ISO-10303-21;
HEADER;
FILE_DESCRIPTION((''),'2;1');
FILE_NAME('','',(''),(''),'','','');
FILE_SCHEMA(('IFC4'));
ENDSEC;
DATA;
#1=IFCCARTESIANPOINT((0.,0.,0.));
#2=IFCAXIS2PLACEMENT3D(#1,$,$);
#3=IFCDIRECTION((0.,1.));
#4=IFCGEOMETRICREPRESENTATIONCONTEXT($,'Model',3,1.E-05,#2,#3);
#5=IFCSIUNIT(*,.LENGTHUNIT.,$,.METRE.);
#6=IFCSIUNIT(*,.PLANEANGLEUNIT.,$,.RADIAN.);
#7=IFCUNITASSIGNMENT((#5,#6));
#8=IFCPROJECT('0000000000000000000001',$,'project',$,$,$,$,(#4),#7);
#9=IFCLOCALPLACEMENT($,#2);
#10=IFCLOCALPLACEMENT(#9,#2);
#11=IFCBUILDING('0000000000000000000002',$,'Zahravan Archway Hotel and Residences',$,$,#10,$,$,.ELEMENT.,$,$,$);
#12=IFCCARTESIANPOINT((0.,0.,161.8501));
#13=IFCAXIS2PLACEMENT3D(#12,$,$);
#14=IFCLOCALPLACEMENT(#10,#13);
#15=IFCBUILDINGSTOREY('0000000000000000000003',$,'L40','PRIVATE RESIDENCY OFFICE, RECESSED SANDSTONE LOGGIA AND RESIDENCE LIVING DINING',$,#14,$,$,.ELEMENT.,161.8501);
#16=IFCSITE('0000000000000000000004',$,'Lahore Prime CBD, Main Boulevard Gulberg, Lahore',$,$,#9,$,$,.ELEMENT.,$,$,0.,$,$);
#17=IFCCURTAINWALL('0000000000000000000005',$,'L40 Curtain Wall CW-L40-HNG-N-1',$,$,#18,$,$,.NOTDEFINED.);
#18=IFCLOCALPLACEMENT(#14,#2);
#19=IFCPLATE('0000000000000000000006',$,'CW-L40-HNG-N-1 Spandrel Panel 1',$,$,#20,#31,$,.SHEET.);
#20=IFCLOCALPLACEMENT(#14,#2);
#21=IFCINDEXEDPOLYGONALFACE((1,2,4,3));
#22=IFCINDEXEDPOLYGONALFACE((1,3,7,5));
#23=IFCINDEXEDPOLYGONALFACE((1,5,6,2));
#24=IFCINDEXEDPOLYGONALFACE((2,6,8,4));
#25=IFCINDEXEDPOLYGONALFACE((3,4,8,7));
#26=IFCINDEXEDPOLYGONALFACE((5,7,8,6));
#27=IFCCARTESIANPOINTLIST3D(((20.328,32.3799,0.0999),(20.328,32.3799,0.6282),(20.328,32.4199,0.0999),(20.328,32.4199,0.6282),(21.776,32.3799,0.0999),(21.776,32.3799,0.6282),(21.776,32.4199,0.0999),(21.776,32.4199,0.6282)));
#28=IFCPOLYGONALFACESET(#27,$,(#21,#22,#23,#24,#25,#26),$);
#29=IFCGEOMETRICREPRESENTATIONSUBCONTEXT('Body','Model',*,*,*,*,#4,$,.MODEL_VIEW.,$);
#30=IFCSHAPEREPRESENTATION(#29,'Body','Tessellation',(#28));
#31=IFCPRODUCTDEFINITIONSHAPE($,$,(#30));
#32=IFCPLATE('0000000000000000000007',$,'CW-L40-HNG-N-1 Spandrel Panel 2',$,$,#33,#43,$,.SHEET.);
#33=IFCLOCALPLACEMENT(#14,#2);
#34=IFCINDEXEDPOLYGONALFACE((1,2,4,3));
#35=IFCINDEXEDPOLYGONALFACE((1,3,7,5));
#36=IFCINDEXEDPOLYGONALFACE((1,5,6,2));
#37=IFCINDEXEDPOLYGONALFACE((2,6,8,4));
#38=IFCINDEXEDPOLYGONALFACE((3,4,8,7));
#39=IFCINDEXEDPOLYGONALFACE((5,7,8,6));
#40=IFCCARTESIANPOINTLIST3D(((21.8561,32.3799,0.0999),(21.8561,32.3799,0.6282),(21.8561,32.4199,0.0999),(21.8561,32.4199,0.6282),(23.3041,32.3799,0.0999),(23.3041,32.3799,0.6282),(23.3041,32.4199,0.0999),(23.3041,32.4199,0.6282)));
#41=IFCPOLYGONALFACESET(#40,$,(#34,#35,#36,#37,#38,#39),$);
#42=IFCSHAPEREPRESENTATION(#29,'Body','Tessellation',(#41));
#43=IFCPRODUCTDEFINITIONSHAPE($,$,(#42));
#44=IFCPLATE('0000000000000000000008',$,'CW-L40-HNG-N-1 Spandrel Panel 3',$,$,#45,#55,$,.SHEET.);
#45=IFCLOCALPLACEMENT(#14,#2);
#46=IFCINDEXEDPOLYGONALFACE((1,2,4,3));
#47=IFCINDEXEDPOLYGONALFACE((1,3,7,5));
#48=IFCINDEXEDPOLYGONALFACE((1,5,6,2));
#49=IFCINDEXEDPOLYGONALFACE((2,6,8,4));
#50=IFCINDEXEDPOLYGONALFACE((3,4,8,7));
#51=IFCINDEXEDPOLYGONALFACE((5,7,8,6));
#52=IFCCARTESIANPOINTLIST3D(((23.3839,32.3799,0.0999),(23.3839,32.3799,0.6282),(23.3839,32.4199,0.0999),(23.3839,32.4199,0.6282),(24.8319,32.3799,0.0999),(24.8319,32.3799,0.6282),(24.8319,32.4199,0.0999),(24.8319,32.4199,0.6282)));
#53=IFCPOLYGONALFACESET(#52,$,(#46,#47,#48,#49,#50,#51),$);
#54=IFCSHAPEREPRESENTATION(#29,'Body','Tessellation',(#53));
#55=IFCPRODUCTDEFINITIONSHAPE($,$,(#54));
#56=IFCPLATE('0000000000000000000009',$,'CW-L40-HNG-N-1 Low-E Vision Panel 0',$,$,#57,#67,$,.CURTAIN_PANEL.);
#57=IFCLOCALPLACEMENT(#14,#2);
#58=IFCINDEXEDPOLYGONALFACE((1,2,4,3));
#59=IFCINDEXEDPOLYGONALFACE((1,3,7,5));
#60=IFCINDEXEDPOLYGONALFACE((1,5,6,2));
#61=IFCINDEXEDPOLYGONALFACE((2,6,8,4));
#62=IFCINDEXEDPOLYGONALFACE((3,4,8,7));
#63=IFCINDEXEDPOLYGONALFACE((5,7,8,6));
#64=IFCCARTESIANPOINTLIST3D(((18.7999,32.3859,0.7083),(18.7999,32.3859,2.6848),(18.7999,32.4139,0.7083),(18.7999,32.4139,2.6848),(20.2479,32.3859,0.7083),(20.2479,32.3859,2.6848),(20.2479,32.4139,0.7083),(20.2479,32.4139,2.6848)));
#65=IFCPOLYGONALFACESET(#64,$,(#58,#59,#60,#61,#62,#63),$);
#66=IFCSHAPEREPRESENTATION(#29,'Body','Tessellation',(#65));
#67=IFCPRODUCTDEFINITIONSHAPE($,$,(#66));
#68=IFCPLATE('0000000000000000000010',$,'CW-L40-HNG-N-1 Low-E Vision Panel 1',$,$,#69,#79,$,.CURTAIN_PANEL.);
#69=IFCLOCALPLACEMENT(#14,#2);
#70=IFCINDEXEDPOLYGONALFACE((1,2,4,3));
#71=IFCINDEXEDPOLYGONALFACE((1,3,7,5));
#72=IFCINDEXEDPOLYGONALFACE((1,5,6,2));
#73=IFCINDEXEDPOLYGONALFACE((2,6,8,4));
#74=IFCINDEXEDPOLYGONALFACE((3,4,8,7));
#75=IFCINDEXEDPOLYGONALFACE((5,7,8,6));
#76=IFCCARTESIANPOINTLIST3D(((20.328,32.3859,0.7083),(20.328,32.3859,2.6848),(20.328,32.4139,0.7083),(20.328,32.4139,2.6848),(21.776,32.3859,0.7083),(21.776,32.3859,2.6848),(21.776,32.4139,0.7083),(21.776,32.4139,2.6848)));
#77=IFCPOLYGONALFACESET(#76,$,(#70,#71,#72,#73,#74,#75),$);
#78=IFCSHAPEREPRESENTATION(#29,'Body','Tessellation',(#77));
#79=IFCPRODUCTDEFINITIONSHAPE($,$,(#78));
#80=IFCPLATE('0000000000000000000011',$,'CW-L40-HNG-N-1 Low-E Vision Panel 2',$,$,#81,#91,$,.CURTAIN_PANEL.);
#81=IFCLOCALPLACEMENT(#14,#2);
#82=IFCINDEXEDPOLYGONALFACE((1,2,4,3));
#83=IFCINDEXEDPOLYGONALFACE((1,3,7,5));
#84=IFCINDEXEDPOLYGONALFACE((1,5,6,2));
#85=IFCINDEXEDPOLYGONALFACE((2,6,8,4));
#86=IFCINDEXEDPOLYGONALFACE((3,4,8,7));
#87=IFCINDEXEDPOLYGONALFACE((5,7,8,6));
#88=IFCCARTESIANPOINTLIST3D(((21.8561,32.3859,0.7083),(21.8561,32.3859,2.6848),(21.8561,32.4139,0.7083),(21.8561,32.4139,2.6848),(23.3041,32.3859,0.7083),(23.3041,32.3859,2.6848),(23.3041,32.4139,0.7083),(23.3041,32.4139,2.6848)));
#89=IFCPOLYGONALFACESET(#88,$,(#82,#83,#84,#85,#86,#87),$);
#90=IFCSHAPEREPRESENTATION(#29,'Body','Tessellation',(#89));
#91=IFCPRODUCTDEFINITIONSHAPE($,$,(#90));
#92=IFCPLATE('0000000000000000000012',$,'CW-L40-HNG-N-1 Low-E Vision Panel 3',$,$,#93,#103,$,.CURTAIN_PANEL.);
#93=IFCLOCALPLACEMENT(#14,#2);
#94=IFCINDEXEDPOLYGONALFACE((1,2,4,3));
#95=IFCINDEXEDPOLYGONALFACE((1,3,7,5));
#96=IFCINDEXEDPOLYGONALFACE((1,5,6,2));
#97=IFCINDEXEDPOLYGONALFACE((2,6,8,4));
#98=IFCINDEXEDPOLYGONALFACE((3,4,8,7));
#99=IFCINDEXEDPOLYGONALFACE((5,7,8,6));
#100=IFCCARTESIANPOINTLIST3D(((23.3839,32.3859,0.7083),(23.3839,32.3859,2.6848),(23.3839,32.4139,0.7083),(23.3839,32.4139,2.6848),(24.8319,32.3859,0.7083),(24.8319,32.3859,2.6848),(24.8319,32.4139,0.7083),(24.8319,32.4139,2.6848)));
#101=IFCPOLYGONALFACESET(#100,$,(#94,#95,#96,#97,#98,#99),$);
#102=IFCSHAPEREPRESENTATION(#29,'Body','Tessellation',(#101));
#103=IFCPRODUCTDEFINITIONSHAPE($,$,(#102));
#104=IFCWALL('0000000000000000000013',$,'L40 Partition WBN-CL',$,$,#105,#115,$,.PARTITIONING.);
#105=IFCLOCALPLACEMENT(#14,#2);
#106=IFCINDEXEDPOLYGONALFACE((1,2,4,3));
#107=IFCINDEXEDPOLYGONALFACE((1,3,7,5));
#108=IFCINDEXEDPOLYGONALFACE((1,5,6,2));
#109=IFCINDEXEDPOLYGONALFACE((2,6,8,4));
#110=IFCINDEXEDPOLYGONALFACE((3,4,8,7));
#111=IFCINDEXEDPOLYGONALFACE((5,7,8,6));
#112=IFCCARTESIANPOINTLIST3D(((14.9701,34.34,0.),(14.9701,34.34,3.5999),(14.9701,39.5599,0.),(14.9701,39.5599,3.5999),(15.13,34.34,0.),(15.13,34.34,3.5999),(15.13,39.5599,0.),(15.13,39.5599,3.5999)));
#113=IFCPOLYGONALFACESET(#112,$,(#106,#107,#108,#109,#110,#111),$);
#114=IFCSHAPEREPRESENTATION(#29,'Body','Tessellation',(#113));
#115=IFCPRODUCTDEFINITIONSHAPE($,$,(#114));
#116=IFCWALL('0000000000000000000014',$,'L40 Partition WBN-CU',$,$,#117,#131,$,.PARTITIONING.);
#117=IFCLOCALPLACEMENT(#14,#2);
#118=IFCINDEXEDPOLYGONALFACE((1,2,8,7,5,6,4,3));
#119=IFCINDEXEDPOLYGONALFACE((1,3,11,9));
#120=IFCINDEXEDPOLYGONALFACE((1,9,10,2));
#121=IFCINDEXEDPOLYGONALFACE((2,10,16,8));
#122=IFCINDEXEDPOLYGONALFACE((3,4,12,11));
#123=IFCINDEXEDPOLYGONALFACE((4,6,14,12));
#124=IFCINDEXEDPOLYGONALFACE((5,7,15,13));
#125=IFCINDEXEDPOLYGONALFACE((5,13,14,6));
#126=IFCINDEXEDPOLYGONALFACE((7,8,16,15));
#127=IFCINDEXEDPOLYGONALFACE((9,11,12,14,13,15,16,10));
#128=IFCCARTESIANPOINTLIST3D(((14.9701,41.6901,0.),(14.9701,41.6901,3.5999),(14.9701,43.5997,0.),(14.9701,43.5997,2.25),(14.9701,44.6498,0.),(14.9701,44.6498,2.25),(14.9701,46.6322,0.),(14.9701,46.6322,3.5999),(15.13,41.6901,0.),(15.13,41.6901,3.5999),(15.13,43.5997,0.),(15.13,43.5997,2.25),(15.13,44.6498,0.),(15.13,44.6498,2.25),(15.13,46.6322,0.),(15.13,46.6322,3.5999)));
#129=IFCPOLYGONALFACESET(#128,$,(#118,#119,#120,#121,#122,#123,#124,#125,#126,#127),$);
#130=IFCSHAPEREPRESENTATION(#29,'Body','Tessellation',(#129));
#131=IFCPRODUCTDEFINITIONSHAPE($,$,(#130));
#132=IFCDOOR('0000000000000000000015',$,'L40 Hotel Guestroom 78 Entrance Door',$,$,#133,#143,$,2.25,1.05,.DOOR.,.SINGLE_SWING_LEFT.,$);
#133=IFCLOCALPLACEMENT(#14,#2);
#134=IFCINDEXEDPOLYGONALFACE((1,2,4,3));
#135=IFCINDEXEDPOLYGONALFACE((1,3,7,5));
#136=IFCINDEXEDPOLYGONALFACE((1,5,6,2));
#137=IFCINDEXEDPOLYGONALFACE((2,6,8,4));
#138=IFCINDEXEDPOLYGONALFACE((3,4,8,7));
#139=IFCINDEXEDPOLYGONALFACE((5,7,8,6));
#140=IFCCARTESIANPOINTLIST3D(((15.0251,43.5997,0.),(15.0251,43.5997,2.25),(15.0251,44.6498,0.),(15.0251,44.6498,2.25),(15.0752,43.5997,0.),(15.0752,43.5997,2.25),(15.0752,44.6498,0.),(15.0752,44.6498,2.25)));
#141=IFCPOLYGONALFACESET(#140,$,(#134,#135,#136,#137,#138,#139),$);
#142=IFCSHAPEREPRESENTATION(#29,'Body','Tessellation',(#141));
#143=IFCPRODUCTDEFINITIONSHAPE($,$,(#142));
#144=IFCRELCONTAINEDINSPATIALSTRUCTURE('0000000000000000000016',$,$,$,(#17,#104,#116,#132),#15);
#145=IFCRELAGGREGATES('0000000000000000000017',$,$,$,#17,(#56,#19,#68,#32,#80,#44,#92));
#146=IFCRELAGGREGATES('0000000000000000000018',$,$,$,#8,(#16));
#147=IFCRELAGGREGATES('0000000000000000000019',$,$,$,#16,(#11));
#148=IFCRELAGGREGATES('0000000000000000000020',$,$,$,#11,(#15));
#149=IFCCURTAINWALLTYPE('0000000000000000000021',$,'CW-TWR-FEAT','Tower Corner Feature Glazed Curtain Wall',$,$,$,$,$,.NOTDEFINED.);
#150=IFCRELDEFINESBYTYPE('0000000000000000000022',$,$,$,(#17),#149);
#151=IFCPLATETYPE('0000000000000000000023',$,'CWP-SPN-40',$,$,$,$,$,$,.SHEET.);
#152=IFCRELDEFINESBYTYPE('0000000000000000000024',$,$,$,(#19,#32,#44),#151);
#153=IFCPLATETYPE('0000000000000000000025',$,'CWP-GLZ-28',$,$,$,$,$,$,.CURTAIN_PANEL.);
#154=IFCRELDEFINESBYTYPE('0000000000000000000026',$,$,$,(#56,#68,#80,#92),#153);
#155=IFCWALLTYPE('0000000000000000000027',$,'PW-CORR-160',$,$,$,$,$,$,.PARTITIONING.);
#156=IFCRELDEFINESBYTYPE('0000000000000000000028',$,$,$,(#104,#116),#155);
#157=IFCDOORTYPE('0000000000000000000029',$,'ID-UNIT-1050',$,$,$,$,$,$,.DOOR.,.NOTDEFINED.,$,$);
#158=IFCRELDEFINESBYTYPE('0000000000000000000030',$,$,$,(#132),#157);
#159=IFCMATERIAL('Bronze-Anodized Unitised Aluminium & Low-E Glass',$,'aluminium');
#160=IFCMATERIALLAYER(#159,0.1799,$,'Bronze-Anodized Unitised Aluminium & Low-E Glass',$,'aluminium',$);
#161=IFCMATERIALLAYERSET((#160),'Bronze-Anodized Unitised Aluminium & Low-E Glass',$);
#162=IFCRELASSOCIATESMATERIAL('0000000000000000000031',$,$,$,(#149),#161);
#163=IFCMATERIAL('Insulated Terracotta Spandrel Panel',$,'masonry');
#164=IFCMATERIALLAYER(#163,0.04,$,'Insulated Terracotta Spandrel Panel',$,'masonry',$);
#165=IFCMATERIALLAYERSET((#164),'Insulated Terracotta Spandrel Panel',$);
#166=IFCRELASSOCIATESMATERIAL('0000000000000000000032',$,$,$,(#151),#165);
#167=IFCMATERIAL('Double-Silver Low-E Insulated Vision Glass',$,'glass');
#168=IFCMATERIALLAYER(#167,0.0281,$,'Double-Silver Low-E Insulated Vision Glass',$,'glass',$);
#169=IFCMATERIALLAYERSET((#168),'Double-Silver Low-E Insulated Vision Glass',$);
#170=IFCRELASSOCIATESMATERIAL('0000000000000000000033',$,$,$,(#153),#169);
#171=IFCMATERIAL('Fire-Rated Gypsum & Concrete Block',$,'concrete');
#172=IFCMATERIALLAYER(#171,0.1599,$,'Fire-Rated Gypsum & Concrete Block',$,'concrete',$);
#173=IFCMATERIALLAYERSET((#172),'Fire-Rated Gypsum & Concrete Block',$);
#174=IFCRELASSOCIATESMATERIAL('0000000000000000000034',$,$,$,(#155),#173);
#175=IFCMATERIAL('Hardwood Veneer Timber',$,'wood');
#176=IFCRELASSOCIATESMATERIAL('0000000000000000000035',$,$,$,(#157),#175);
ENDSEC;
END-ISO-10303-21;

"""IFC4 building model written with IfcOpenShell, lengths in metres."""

from ifc_helpers import new_model, si_unit, direction, frame, frame_2d, origin, origin_2d, place, context, subcontext, project, spatial, rectangle, extrude, source, transform, mapped, material, layer, layer_set, type_object, type_shapes, element, fill, aggregate, save


model = new_model("IFC4")

# Units and contexts
model_context = context("Model", 3, precision=1e-05, world=origin(), true_north=direction((0.0, 1.0)))
body_context = subcontext(model_context, "Body", "Model", "MODEL_VIEW")
ifc_project = project(units=[si_unit("LENGTHUNIT", "METRE"), si_unit("PLANEANGLEUNIT", "RADIAN")], contexts=[model_context])

# Site, building, storey
site_placement = place(None, origin())
site = spatial("IfcSite", under=ifc_project, at=site_placement, Name="Lahore Prime CBD, Main Boulevard Gulberg, Lahore", CompositionType="ELEMENT", RefElevation=0.0)
building_placement = place(site_placement, origin())
building = spatial("IfcBuilding", under=site, at=building_placement, Name="Zahravan Archway Hotel and Residences", CompositionType="ELEMENT")
storey_placement = place(building_placement, frame((0.0, 0.0, 161.8501)))
storey = spatial("IfcBuildingStorey", under=building, at=storey_placement, Name="L40", Description="PRIVATE RESIDENCY OFFICE, RECESSED SANDSTONE LOGGIA AND RESIDENCE LIVING DINING", CompositionType="ELEMENT", Elevation=161.8501)

# Curtain wall, plates
ifc_material_1 = material(Name="Bronze-Anodized Unitised Aluminium & Low-E Glass", Category="aluminium")
ifc_layer_1 = layer(ifc_material_1, 0.1799, Name="Bronze-Anodized Unitised Aluminium & Low-E Glass", Category="aluminium")
ifc_layer_set_1 = layer_set([ifc_layer_1], Name="Bronze-Anodized Unitised Aluminium & Low-E Glass")
curtain_wall_type = type_object("IfcCurtainWallType", Name="CW-TWR-FEAT", Description="Tower Corner Feature Glazed Curtain Wall", PredefinedType="NOTDEFINED", material=ifc_layer_set_1)
curtain_wall_placement = place(storey_placement, origin())
curtain_wall = element("IfcCurtainWall", 1, at=curtain_wall_placement, inside=storey, type_object=curtain_wall_type, Name="L40 Curtain Wall CW-L40-HNG-N-1", PredefinedType="NOTDEFINED")
ifc_material_2 = material(Name="Insulated Terracotta Spandrel Panel", Category="masonry")
ifc_layer_2 = layer(ifc_material_2, 0.04, Name="Insulated Terracotta Spandrel Panel", Category="masonry")
ifc_layer_set_2 = layer_set([ifc_layer_2], Name="Insulated Terracotta Spandrel Panel")
plate_type_1 = type_object("IfcPlateType", Name="CWP-SPN-40", PredefinedType="SHEET", material=ifc_layer_set_2)
shared_shape_1 = source(origin(), body_context, "Body", "SweptSolid", [
    extrude(rectangle(XDim=1.448, YDim=0.04, at=origin_2d()), origin(), (0.0, 0.0, 1.0), 0.5283),
])
plate_1_placement = place(storey_placement, frame((21.052, 32.3999, 0.0999), z_axis=(0.0, 0.0, 1.0), x_axis=(1.0, 0.0, 0.0)))
plate_1 = element("IfcPlate", 2, at=plate_1_placement, type_object=plate_type_1, Name="CW-L40-HNG-N-1 Spandrel Panel 1", PredefinedType="SHEET", context=body_context, shape_type="MappedRepresentation", body=[
    mapped(shared_shape_1, transform((0.0, 0.0, 0.0), scale=1.0)),
])
plate_2_placement = place(storey_placement, frame((22.5801, 32.3999, 0.0999), z_axis=(0.0, 0.0, 1.0), x_axis=(1.0, 0.0, 0.0)))
plate_2 = element("IfcPlate", 3, at=plate_2_placement, type_object=plate_type_1, Name="CW-L40-HNG-N-1 Spandrel Panel 2", PredefinedType="SHEET", context=body_context, shape_type="MappedRepresentation", body=[
    mapped(shared_shape_1, transform((0.0, 0.0, 0.0), scale=1.0)),
])
plate_3_placement = place(storey_placement, frame((24.1079, 32.3999, 0.0999), z_axis=(0.0, 0.0, 1.0), x_axis=(1.0, 0.0, 0.0)))
plate_3 = element("IfcPlate", 4, at=plate_3_placement, type_object=plate_type_1, Name="CW-L40-HNG-N-1 Spandrel Panel 3", PredefinedType="SHEET", context=body_context, shape_type="MappedRepresentation", body=[
    mapped(shared_shape_1, transform((0.0, 0.0, 0.0), scale=1.0)),
])
ifc_material_3 = material(Name="Double-Silver Low-E Insulated Vision Glass", Category="glass")
ifc_layer_3 = layer(ifc_material_3, 0.0281, Name="Double-Silver Low-E Insulated Vision Glass", Category="glass")
ifc_layer_set_3 = layer_set([ifc_layer_3], Name="Double-Silver Low-E Insulated Vision Glass")
plate_type_2 = type_object("IfcPlateType", Name="CWP-GLZ-28", PredefinedType="CURTAIN_PANEL", material=ifc_layer_set_3)
shared_shape_2 = source(origin(), body_context, "Body", "SweptSolid", [
    extrude(rectangle(XDim=1.448, YDim=0.0281, at=origin_2d()), origin(), (0.0, 0.0, 1.0), 1.9766),
])
plate_4_placement = place(storey_placement, frame((19.5239, 32.3999, 0.7083), z_axis=(0.0, 0.0, 1.0), x_axis=(1.0, 0.0, 0.0)))
plate_4 = element("IfcPlate", 5, at=plate_4_placement, type_object=plate_type_2, Name="CW-L40-HNG-N-1 Low-E Vision Panel 0", PredefinedType="CURTAIN_PANEL", context=body_context, shape_type="MappedRepresentation", body=[
    mapped(shared_shape_2, transform((0.0, 0.0, 0.0), scale=1.0)),
])
plate_5_placement = place(storey_placement, frame((21.052, 32.3999, 0.7083), z_axis=(0.0, 0.0, 1.0), x_axis=(1.0, 0.0, 0.0)))
plate_5 = element("IfcPlate", 6, at=plate_5_placement, type_object=plate_type_2, Name="CW-L40-HNG-N-1 Low-E Vision Panel 1", PredefinedType="CURTAIN_PANEL", context=body_context, shape_type="MappedRepresentation", body=[
    mapped(shared_shape_2, transform((0.0, 0.0, 0.0), scale=1.0)),
])
plate_6_placement = place(storey_placement, frame((22.5801, 32.3999, 0.7083), z_axis=(0.0, 0.0, 1.0), x_axis=(1.0, 0.0, 0.0)))
plate_6 = element("IfcPlate", 7, at=plate_6_placement, type_object=plate_type_2, Name="CW-L40-HNG-N-1 Low-E Vision Panel 2", PredefinedType="CURTAIN_PANEL", context=body_context, shape_type="MappedRepresentation", body=[
    mapped(shared_shape_2, transform((0.0, 0.0, 0.0), scale=1.0)),
])
plate_7_placement = place(storey_placement, frame((24.1079, 32.3999, 0.7083), z_axis=(0.0, 0.0, 1.0), x_axis=(1.0, 0.0, 0.0)))
plate_7 = element("IfcPlate", 8, at=plate_7_placement, type_object=plate_type_2, Name="CW-L40-HNG-N-1 Low-E Vision Panel 3", PredefinedType="CURTAIN_PANEL", context=body_context, shape_type="MappedRepresentation", body=[
    mapped(shared_shape_2, transform((0.0, 0.0, 0.0), scale=1.0)),
])
aggregate(curtain_wall, [plate_4, plate_1, plate_5, plate_2, plate_6, plate_3, plate_7])

# Wall
ifc_material_4 = material(Name="Fire-Rated Gypsum & Concrete Block", Category="concrete")
ifc_layer_4 = layer(ifc_material_4, 0.1599, Name="Fire-Rated Gypsum & Concrete Block", Category="concrete")
ifc_layer_set_4 = layer_set([ifc_layer_4], Name="Fire-Rated Gypsum & Concrete Block")
wall_type = type_object("IfcWallType", Name="PW-CORR-160", PredefinedType="PARTITIONING", material=ifc_layer_set_4)
wall_1_placement = place(storey_placement, frame((15.05, 34.3401, 0.0), z_axis=(0.0, 0.0, 1.0), x_axis=(0.0, 1.0, 0.0)))
element("IfcWall", 9, at=wall_1_placement, inside=storey, type_object=wall_type, Name="L40 Partition WBN-CL", PredefinedType="PARTITIONING", context=body_context, shape_type="SweptSolid", body=[
    extrude(rectangle(XDim=5.22, YDim=0.1599, at=frame_2d((2.6099, 0.0))), origin(), (0.0, 0.0, 1.0), 3.5999),
])

# Wall, opening, door
wall_2_placement = place(storey_placement, frame((15.05, 41.6899, 0.0), z_axis=(0.0, 0.0, 1.0), x_axis=(0.0, 1.0, 0.0)))
wall_2 = element("IfcWall", 10, at=wall_2_placement, inside=storey, type_object=wall_type, Name="L40 Partition WBN-CU", PredefinedType="PARTITIONING", context=body_context, shape_type="SweptSolid", body=[
    extrude(rectangle(XDim=4.9421, YDim=0.1599, at=frame_2d((2.4712, 0.0))), origin(), (0.0, 0.0, 1.0), 3.5999),
])
opening_placement = place(wall_2_placement, frame((1.9099, 0.0, 0.0)))
opening = element("IfcOpeningElement", 11, at=opening_placement, cuts=wall_2, PredefinedType="OPENING", context=body_context, shape_type="SweptSolid", body=[
    extrude(rectangle(XDim=1.05, YDim=2.25, at=frame_2d((0.5249, 1.125))), frame((0.0, 0.0898, 0.0), z_axis=(0.0, -1.0, 0.0), x_axis=(1.0, 0.0, 0.0)), (0.0, 0.0, 1.0), 0.1799),
])
ifc_material_5 = material(Name="Hardwood Veneer Timber", Category="wood")
door_type = type_object("IfcDoorType", Name="ID-UNIT-1050", OperationType="NOTDEFINED", PredefinedType="DOOR", material=ifc_material_5)
shared_shape_3 = source(origin(), body_context, "Body", "SweptSolid", [
    extrude(rectangle(XDim=1.05, YDim=2.25, at=frame_2d((0.5249, 1.125))), frame((0.0, 0.0249, 0.0), z_axis=(0.0, -1.0, 0.0), x_axis=(1.0, 0.0, 0.0)), (0.0, 0.0, 1.0), 0.05),
])
type_shapes(door_type, [shared_shape_3])
door_placement = place(opening_placement, origin())
door = element("IfcDoor", 12, at=door_placement, inside=storey, type_object=door_type, Name="L40 Hotel Guestroom 78 Entrance Door", OperationType="SINGLE_SWING_LEFT", OverallHeight=2.25, OverallWidth=1.05, PredefinedType="DOOR", context=body_context, shape_type="MappedRepresentation", body=[
    mapped(shared_shape_3, transform((0.0, 0.0, 0.0), scale=1.0)),
])
fill(opening, door)

save(model, "model.ifc")
